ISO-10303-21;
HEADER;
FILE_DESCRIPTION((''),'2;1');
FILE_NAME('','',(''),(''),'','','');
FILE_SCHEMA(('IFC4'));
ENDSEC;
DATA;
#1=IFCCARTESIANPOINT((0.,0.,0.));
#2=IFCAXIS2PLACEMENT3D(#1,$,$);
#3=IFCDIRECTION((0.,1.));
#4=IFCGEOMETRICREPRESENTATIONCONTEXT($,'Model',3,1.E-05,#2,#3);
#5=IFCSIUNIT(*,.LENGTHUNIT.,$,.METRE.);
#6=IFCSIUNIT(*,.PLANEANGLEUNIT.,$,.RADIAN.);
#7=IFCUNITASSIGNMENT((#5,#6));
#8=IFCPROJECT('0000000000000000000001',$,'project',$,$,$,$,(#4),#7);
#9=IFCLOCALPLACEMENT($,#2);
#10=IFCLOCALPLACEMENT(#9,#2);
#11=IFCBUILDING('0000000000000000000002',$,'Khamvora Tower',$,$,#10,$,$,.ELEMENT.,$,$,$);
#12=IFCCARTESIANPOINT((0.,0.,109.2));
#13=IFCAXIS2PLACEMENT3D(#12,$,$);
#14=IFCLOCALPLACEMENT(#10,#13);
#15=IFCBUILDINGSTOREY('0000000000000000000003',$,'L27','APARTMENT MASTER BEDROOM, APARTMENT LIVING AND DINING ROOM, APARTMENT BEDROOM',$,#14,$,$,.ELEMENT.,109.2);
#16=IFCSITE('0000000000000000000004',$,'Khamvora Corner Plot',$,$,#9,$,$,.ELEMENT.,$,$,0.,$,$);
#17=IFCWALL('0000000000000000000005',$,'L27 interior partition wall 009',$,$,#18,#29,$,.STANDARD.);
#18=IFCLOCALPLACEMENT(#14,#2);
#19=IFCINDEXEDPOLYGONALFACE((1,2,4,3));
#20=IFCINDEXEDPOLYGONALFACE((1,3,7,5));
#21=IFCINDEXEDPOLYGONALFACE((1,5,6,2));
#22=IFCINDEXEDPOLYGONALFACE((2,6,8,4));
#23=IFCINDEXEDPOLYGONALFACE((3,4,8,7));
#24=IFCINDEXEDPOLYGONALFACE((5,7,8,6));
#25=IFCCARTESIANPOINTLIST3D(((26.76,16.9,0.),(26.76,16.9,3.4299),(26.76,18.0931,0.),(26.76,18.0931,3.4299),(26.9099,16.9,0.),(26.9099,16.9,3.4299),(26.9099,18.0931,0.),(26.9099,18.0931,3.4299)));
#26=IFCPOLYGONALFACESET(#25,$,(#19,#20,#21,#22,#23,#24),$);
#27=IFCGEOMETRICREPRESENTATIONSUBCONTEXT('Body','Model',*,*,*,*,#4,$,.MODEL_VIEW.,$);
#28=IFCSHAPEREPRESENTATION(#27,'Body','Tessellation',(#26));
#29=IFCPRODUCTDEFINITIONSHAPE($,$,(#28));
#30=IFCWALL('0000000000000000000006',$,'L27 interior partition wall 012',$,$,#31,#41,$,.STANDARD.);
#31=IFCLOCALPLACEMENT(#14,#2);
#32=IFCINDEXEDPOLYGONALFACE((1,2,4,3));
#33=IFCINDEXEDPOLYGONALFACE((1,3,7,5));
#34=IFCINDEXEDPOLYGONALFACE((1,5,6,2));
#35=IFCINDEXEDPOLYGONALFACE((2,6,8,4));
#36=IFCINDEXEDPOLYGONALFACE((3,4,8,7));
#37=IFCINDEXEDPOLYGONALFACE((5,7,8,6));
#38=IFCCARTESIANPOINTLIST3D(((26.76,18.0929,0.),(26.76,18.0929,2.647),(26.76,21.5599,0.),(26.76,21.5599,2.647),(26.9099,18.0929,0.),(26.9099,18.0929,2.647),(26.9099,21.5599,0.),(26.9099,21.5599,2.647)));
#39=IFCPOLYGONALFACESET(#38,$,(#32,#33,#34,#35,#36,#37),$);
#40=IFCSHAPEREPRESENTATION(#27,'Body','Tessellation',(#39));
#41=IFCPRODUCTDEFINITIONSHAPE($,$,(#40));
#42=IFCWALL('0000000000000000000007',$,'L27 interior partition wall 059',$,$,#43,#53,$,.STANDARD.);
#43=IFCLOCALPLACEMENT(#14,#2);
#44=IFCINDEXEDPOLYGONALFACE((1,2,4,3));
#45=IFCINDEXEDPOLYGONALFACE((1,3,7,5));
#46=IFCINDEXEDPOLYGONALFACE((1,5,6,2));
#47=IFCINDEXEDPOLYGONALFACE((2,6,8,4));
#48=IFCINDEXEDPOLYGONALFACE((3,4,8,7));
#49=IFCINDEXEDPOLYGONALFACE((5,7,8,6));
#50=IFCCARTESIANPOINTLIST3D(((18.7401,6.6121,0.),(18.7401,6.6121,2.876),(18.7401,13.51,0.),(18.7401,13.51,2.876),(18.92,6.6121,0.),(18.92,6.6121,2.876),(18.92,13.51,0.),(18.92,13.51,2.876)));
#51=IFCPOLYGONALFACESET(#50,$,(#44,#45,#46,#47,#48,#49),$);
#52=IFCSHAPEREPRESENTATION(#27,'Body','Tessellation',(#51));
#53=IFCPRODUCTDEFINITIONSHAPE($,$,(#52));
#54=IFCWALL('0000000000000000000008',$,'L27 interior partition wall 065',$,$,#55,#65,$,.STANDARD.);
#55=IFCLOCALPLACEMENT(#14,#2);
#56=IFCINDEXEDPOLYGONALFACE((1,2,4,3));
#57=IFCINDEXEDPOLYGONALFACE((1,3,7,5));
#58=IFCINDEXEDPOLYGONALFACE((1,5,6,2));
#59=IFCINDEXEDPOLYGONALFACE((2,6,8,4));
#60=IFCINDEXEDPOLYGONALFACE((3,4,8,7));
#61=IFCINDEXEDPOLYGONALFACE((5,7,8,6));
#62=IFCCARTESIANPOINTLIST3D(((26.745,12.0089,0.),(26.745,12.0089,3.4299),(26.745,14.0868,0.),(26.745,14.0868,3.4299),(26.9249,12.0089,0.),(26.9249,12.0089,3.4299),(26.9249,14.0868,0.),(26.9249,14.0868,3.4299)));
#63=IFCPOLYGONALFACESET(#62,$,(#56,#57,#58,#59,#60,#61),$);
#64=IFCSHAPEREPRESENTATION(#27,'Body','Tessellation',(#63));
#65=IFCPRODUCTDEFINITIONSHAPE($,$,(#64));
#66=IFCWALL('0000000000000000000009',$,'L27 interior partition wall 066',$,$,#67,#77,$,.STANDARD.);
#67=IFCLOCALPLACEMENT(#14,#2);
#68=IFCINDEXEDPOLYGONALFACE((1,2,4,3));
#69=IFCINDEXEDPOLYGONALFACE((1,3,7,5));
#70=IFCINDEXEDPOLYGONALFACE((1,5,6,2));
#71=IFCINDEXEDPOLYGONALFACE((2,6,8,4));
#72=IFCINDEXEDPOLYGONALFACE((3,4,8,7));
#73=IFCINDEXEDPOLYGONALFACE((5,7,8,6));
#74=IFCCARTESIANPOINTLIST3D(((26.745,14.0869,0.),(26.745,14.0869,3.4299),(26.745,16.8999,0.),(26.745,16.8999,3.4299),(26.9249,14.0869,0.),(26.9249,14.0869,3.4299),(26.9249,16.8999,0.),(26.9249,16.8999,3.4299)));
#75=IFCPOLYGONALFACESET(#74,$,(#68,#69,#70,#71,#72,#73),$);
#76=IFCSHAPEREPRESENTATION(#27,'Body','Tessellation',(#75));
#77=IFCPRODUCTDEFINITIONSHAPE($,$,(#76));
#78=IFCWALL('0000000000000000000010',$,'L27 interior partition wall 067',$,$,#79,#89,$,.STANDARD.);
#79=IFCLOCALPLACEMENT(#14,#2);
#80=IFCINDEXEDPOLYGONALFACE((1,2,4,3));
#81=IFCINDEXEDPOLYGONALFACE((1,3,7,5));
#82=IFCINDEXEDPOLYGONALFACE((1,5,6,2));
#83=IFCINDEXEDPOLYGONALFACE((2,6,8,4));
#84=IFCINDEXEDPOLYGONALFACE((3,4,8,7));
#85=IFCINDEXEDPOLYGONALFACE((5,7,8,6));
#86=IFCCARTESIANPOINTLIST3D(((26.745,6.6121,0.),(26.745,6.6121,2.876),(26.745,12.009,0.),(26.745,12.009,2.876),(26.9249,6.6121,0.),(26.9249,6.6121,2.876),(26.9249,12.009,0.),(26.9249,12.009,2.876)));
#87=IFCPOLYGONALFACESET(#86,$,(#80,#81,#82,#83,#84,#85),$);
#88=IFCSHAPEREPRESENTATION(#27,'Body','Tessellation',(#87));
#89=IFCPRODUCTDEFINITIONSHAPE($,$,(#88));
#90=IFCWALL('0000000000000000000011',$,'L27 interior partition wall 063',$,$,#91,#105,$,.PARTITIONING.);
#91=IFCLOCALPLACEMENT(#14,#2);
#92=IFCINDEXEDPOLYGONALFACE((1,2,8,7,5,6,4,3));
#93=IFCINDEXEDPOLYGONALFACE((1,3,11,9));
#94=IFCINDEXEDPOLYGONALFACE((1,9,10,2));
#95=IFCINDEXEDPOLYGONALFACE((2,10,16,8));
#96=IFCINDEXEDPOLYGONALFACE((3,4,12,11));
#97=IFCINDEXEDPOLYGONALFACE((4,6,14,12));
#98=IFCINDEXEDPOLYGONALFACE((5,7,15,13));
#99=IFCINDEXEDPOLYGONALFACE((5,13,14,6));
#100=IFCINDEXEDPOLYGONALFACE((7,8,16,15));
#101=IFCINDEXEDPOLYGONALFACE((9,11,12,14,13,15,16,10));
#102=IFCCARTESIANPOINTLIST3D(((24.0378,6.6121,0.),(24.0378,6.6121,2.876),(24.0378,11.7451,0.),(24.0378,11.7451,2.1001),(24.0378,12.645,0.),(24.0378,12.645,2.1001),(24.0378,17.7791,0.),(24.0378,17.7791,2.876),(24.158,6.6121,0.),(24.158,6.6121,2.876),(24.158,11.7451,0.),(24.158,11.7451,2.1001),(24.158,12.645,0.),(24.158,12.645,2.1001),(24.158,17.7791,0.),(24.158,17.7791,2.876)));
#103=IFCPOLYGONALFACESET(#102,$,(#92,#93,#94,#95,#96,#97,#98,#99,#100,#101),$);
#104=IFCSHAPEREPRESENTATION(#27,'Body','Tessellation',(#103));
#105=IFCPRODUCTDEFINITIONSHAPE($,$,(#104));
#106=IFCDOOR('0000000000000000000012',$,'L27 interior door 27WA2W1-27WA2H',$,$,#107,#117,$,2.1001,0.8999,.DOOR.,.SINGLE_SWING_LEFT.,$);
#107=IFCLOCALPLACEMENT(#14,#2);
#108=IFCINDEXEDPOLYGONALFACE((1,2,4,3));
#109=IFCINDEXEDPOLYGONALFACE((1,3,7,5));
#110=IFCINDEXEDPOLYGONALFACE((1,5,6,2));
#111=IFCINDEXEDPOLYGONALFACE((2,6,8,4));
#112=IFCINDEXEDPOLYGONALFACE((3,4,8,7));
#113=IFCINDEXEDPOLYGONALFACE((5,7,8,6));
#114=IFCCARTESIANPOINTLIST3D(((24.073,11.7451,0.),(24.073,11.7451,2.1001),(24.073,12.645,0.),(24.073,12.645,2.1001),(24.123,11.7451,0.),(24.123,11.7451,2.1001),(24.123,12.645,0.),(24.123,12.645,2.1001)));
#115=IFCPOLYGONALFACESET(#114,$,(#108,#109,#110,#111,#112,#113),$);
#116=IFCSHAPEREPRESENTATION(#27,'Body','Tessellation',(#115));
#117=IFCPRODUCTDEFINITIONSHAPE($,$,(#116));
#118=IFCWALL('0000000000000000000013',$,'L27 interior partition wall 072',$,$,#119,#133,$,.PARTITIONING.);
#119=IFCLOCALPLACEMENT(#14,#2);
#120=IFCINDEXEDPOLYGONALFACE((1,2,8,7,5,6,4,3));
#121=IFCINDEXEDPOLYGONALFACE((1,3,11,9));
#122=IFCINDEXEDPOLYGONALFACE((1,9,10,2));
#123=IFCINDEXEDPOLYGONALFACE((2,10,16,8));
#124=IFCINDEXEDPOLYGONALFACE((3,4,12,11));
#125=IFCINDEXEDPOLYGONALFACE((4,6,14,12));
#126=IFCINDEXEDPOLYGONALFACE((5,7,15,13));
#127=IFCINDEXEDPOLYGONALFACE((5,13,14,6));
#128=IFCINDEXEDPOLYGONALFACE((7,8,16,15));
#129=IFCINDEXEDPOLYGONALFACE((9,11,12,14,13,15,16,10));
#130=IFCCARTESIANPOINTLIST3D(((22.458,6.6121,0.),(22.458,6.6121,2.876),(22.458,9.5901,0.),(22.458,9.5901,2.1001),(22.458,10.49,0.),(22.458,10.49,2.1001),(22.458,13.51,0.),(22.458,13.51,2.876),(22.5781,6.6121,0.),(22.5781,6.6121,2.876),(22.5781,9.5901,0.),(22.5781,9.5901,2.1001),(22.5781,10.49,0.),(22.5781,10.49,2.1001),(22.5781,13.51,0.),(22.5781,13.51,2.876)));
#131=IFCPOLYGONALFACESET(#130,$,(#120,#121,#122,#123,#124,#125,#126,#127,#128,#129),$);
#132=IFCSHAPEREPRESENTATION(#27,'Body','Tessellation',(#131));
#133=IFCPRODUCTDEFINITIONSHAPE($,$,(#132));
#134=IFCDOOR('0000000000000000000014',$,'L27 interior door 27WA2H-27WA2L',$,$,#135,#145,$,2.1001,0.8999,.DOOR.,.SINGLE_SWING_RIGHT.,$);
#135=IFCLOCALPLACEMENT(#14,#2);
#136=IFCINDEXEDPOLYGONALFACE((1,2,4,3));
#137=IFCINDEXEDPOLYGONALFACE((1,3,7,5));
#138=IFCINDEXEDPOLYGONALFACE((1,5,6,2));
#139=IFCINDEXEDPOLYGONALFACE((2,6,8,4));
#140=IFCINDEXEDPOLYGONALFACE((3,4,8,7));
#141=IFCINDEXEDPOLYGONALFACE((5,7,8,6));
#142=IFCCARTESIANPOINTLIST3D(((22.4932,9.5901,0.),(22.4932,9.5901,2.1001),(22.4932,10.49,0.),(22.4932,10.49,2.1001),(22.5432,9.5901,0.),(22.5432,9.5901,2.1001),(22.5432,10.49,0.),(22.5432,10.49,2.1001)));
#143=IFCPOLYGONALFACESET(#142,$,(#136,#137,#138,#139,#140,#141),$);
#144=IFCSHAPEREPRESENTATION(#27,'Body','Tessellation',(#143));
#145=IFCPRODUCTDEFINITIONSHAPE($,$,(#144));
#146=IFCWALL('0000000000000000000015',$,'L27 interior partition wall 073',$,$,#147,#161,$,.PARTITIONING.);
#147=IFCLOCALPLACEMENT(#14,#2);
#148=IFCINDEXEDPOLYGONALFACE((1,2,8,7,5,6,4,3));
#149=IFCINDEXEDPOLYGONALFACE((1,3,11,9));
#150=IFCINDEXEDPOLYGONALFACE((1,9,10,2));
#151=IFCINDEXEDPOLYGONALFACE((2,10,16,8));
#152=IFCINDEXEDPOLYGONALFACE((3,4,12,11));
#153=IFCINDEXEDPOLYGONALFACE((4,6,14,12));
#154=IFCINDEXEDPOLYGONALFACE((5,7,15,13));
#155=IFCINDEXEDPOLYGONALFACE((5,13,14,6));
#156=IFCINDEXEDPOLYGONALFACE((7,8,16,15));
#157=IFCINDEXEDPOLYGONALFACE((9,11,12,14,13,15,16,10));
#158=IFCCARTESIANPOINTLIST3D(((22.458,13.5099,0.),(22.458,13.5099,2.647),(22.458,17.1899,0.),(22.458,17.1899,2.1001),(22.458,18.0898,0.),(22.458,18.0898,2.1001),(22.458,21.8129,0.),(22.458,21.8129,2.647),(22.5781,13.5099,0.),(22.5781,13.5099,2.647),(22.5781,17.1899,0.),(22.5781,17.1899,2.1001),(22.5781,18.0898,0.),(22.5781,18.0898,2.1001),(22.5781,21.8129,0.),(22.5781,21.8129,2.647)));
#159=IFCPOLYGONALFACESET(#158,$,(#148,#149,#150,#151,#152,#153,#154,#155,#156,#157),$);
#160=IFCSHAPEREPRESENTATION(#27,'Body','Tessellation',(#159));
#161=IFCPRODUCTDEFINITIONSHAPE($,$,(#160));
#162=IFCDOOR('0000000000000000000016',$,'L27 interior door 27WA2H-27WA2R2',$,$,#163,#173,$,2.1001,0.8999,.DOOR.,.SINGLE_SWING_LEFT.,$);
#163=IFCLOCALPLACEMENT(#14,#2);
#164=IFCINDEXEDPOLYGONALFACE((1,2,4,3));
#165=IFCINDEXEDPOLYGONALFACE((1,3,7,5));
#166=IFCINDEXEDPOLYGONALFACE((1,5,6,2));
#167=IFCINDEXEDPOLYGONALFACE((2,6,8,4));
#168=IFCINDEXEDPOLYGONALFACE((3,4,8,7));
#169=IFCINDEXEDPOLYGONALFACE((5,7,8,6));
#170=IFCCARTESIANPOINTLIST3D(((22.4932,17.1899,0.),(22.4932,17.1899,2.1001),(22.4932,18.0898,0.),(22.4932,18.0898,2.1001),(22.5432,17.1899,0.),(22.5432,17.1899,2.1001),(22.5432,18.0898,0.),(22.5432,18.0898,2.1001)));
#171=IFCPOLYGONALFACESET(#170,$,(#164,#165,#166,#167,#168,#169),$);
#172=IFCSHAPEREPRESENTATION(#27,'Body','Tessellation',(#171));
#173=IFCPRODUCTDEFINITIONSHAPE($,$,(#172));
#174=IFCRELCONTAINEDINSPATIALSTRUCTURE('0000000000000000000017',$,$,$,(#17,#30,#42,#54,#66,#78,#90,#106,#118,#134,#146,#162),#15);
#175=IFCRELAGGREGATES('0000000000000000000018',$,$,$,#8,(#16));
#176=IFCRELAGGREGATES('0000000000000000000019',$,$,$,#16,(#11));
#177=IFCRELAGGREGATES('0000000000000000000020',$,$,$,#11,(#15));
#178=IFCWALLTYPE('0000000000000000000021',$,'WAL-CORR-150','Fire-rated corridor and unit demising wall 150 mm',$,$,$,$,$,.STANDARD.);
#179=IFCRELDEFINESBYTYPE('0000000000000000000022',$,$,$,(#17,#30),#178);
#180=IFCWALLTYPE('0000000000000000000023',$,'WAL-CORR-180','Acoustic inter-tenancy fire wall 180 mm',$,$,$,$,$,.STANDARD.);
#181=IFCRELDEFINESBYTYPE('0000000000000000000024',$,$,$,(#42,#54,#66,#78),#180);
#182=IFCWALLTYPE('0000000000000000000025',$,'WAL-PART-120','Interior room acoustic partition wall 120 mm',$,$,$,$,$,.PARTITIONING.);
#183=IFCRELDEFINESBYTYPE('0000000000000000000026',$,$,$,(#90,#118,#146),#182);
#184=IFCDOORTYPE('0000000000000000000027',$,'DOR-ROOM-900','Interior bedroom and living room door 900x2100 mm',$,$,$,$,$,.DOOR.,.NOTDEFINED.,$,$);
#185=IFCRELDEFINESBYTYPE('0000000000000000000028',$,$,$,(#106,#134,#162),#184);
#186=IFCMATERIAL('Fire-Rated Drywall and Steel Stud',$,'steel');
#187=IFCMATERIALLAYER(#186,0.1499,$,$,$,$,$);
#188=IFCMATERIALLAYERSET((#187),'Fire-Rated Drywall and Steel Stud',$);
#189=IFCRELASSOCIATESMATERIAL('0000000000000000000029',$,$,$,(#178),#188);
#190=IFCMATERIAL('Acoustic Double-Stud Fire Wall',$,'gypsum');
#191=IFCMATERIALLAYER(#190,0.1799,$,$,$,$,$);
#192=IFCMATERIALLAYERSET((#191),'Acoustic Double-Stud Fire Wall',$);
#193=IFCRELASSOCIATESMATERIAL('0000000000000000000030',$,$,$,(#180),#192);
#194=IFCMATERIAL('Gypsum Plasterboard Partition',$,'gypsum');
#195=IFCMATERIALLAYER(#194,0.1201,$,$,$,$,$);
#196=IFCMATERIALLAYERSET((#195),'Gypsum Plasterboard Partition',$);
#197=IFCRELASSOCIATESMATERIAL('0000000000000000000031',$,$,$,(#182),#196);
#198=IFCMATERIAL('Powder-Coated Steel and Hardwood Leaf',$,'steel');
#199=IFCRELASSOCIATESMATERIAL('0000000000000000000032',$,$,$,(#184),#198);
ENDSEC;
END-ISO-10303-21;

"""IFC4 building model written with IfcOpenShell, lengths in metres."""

from ifc_helpers import new_model, si_unit, direction, frame, frame_2d, origin, place, context, subcontext, project, spatial, rectangle, extrude, material, layer, layer_set, type_object, element, fill, save


model = new_model("IFC4")

# Units and contexts
model_context = context("Model", 3, precision=1e-05, world=origin(), true_north=direction((0.0, 1.0)))
body_context = subcontext(model_context, "Body", "Model", "MODEL_VIEW")
ifc_project = project(units=[si_unit("LENGTHUNIT", "METRE"), si_unit("PLANEANGLEUNIT", "RADIAN")], contexts=[model_context])

# Site, building, storey
site_placement = place(None, origin())
site = spatial("IfcSite", under=ifc_project, at=site_placement, Name="Khamvora Corner Plot", CompositionType="ELEMENT", RefElevation=0.0)
building_placement = place(site_placement, origin())
building = spatial("IfcBuilding", under=site, at=building_placement, Name="Khamvora Tower", CompositionType="ELEMENT")
storey_placement = place(building_placement, frame((0.0, 0.0, 109.2)))
storey = spatial("IfcBuildingStorey", under=building, at=storey_placement, Name="L27", Description="APARTMENT MASTER BEDROOM, APARTMENT LIVING AND DINING ROOM, APARTMENT BEDROOM", CompositionType="ELEMENT", Elevation=109.2)

# Walls
ifc_material_1 = material(Name="Fire-Rated Drywall and Steel Stud", Category="steel")
ifc_layer_1 = layer(ifc_material_1, 0.1499)
ifc_layer_set_1 = layer_set([ifc_layer_1], Name="Fire-Rated Drywall and Steel Stud")
wall_type_1 = type_object("IfcWallType", Name="WAL-CORR-150", Description="Fire-rated corridor and unit demising wall 150 mm", PredefinedType="STANDARD", material=ifc_layer_set_1)
wall_1_placement = place(storey_placement, frame((26.835, 16.8999, 0.0), z_axis=(0.0, 0.0, 1.0), x_axis=(0.0, 1.0, 0.0)))
element("IfcWall", 1, at=wall_1_placement, inside=storey, type_object=wall_type_1, Name="L27 interior partition wall 009", PredefinedType="STANDARD", context=body_context, shape_type="SweptSolid", body=[
    extrude(rectangle(XDim=1.1931, YDim=0.1499, at=frame_2d((0.5967, 0.0))), origin(), (0.0, 0.0, 1.0), 3.4299),
])
wall_2_placement = place(storey_placement, frame((26.835, 18.093, 0.0), z_axis=(0.0, 0.0, 1.0), x_axis=(0.0, 1.0, 0.0)))
element("IfcWall", 2, at=wall_2_placement, inside=storey, type_object=wall_type_1, Name="L27 interior partition wall 012", PredefinedType="STANDARD", context=body_context, shape_type="SweptSolid", body=[
    extrude(rectangle(XDim=3.467, YDim=0.1499, at=frame_2d((1.7334, 0.0))), origin(), (0.0, 0.0, 1.0), 2.647),
])
ifc_material_2 = material(Name="Acoustic Double-Stud Fire Wall", Category="gypsum")
ifc_layer_2 = layer(ifc_material_2, 0.1799)
ifc_layer_set_2 = layer_set([ifc_layer_2], Name="Acoustic Double-Stud Fire Wall")
wall_type_2 = type_object("IfcWallType", Name="WAL-CORR-180", Description="Acoustic inter-tenancy fire wall 180 mm", PredefinedType="STANDARD", material=ifc_layer_set_2)
wall_3_placement = place(storey_placement, frame((18.8301, 13.51, 0.0), z_axis=(0.0, 0.0, 1.0), x_axis=(0.0, -1.0, 0.0)))
element("IfcWall", 3, at=wall_3_placement, inside=storey, type_object=wall_type_2, Name="L27 interior partition wall 059", PredefinedType="STANDARD", context=body_context, shape_type="SweptSolid", body=[
    extrude(rectangle(XDim=6.8979, YDim=0.1799, at=frame_2d((3.449, 0.0))), origin(), (0.0, 0.0, 1.0), 2.876),
])
wall_4_placement = place(storey_placement, frame((26.835, 14.0869, 0.0), z_axis=(0.0, 0.0, 1.0), x_axis=(0.0, -1.0, 0.0)))
element("IfcWall", 4, at=wall_4_placement, inside=storey, type_object=wall_type_2, Name="L27 interior partition wall 065", PredefinedType="STANDARD", context=body_context, shape_type="SweptSolid", body=[
    extrude(rectangle(XDim=2.0779, YDim=0.1799, at=frame_2d((1.0391, 0.0))), origin(), (0.0, 0.0, 1.0), 3.4299),
])
wall_5_placement = place(storey_placement, frame((26.835, 16.8999, 0.0), z_axis=(0.0, 0.0, 1.0), x_axis=(0.0, -1.0, 0.0)))
element("IfcWall", 5, at=wall_5_placement, inside=storey, type_object=wall_type_2, Name="L27 interior partition wall 066", PredefinedType="STANDARD", context=body_context, shape_type="SweptSolid", body=[
    extrude(rectangle(XDim=2.813, YDim=0.1799, at=frame_2d((1.4065, 0.0))), origin(), (0.0, 0.0, 1.0), 3.4299),
])
wall_6_placement = place(storey_placement, frame((26.835, 12.009, 0.0), z_axis=(0.0, 0.0, 1.0), x_axis=(0.0, -1.0, 0.0)))
element("IfcWall", 6, at=wall_6_placement, inside=storey, type_object=wall_type_2, Name="L27 interior partition wall 067", PredefinedType="STANDARD", context=body_context, shape_type="SweptSolid", body=[
    extrude(rectangle(XDim=5.397, YDim=0.1799, at=frame_2d((2.6985, 0.0))), origin(), (0.0, 0.0, 1.0), 2.876),
])

# Walls, openings, doors
ifc_material_3 = material(Name="Gypsum Plasterboard Partition", Category="gypsum")
ifc_layer_3 = layer(ifc_material_3, 0.1201)
ifc_layer_set_3 = layer_set([ifc_layer_3], Name="Gypsum Plasterboard Partition")
wall_type_3 = type_object("IfcWallType", Name="WAL-PART-120", Description="Interior room acoustic partition wall 120 mm", PredefinedType="PARTITIONING", material=ifc_layer_set_3)
wall_7_placement = place(storey_placement, frame((24.0979, 6.6121, 0.0), z_axis=(0.0, 0.0, 1.0), x_axis=(0.0, 1.0, 0.0)))
wall_7 = element("IfcWall", 7, at=wall_7_placement, inside=storey, type_object=wall_type_3, Name="L27 interior partition wall 063", PredefinedType="PARTITIONING", context=body_context, shape_type="SweptSolid", body=[
    extrude(rectangle(XDim=11.167, YDim=0.1201, at=frame_2d((5.5835, 0.0))), origin(), (0.0, 0.0, 1.0), 2.876),
])
opening_1_placement = place(wall_7_placement, frame((5.1331, 0.0, 0.0)))
opening_1 = element("IfcOpeningElement", 8, at=opening_1_placement, cuts=wall_7, PredefinedType="OPENING", context=body_context, shape_type="SweptSolid", body=[
    extrude(rectangle(XDim=0.8999, YDim=2.1001, at=frame_2d((0.45, 1.05))), frame((0.0, 0.0701, 0.0), z_axis=(0.0, -1.0, 0.0), x_axis=(1.0, 0.0, 0.0)), (0.0, 0.0, 1.0), 0.1401),
])
ifc_material_4 = material(Name="Powder-Coated Steel and Hardwood Leaf", Category="steel")
door_type_1 = type_object("IfcDoorType", Name="DOR-ROOM-900", Description="Interior bedroom and living room door 900x2100 mm", OperationType="NOTDEFINED", PredefinedType="DOOR", material=ifc_material_4)
door_1_placement = place(opening_1_placement, origin())
door_1 = element("IfcDoor", 9, at=door_1_placement, inside=storey, type_object=door_type_1, Name="L27 interior door 27WA2W1-27WA2H", OperationType="SINGLE_SWING_LEFT", OverallHeight=2.1001, OverallWidth=0.8999, PredefinedType="DOOR", context=body_context, shape_type="SweptSolid", body=[
    extrude(rectangle(XDim=0.8999, YDim=2.1001, at=frame_2d((0.45, 1.05))), frame((0.0, 0.0249, 0.0), z_axis=(0.0, -1.0, 0.0), x_axis=(1.0, 0.0, 0.0)), (0.0, 0.0, 1.0), 0.05),
])
fill(opening_1, door_1)
wall_8_placement = place(storey_placement, frame((22.5181, 6.6121, 0.0), z_axis=(0.0, 0.0, 1.0), x_axis=(0.0, 1.0, 0.0)))
wall_8 = element("IfcWall", 10, at=wall_8_placement, inside=storey, type_object=wall_type_3, Name="L27 interior partition wall 072", PredefinedType="PARTITIONING", context=body_context, shape_type="SweptSolid", body=[
    extrude(rectangle(XDim=6.8979, YDim=0.1201, at=frame_2d((3.449, 0.0))), origin(), (0.0, 0.0, 1.0), 2.876),
])
opening_2_placement = place(wall_8_placement, frame((2.978, 0.0, 0.0)))
opening_2 = element("IfcOpeningElement", 11, at=opening_2_placement, cuts=wall_8, PredefinedType="OPENING", context=body_context, shape_type="SweptSolid", body=[
    extrude(rectangle(XDim=0.8999, YDim=2.1001, at=frame_2d((0.45, 1.05))), frame((0.0, 0.0701, 0.0), z_axis=(0.0, -1.0, 0.0), x_axis=(1.0, 0.0, 0.0)), (0.0, 0.0, 1.0), 0.1401),
])
door_2_placement = place(opening_2_placement, origin())
door_2 = element("IfcDoor", 12, at=door_2_placement, inside=storey, type_object=door_type_1, Name="L27 interior door 27WA2H-27WA2L", OperationType="SINGLE_SWING_RIGHT", OverallHeight=2.1001, OverallWidth=0.8999, PredefinedType="DOOR", context=body_context, shape_type="SweptSolid", body=[
    extrude(rectangle(XDim=0.8999, YDim=2.1001, at=frame_2d((0.45, 1.05))), frame((0.0, 0.0249, 0.0), z_axis=(0.0, -1.0, 0.0), x_axis=(1.0, 0.0, 0.0)), (0.0, 0.0, 1.0), 0.05),
])
fill(opening_2, door_2)
wall_9_placement = place(storey_placement, frame((22.5181, 13.51, 0.0), z_axis=(0.0, 0.0, 1.0), x_axis=(0.0, 1.0, 0.0)))
wall_9 = element("IfcWall", 13, at=wall_9_placement, inside=storey, type_object=wall_type_3, Name="L27 interior partition wall 073", PredefinedType="PARTITIONING", context=body_context, shape_type="SweptSolid", body=[
    extrude(rectangle(XDim=8.303, YDim=0.1201, at=frame_2d((4.1514, 0.0))), origin(), (0.0, 0.0, 1.0), 2.647),
])
opening_3_placement = place(wall_9_placement, frame((3.6799, 0.0, 0.0)))
opening_3 = element("IfcOpeningElement", 14, at=opening_3_placement, cuts=wall_9, PredefinedType="OPENING", context=body_context, shape_type="SweptSolid", body=[
    extrude(rectangle(XDim=0.8999, YDim=2.1001, at=frame_2d((0.45, 1.05))), frame((0.0, 0.0701, 0.0), z_axis=(0.0, -1.0, 0.0), x_axis=(1.0, 0.0, 0.0)), (0.0, 0.0, 1.0), 0.1401),
])
door_3_placement = place(opening_3_placement, origin())
door_3 = element("IfcDoor", 15, at=door_3_placement, inside=storey, type_object=door_type_1, Name="L27 interior door 27WA2H-27WA2R2", OperationType="SINGLE_SWING_LEFT", OverallHeight=2.1001, OverallWidth=0.8999, PredefinedType="DOOR", context=body_context, shape_type="SweptSolid", body=[
    extrude(rectangle(XDim=0.8999, YDim=2.1001, at=frame_2d((0.45, 1.05))), frame((0.0, 0.0249, 0.0), z_axis=(0.0, -1.0, 0.0), x_axis=(1.0, 0.0, 0.0)), (0.0, 0.0, 1.0), 0.05),
])
fill(opening_3, door_3)

save(model, "model.ifc")
